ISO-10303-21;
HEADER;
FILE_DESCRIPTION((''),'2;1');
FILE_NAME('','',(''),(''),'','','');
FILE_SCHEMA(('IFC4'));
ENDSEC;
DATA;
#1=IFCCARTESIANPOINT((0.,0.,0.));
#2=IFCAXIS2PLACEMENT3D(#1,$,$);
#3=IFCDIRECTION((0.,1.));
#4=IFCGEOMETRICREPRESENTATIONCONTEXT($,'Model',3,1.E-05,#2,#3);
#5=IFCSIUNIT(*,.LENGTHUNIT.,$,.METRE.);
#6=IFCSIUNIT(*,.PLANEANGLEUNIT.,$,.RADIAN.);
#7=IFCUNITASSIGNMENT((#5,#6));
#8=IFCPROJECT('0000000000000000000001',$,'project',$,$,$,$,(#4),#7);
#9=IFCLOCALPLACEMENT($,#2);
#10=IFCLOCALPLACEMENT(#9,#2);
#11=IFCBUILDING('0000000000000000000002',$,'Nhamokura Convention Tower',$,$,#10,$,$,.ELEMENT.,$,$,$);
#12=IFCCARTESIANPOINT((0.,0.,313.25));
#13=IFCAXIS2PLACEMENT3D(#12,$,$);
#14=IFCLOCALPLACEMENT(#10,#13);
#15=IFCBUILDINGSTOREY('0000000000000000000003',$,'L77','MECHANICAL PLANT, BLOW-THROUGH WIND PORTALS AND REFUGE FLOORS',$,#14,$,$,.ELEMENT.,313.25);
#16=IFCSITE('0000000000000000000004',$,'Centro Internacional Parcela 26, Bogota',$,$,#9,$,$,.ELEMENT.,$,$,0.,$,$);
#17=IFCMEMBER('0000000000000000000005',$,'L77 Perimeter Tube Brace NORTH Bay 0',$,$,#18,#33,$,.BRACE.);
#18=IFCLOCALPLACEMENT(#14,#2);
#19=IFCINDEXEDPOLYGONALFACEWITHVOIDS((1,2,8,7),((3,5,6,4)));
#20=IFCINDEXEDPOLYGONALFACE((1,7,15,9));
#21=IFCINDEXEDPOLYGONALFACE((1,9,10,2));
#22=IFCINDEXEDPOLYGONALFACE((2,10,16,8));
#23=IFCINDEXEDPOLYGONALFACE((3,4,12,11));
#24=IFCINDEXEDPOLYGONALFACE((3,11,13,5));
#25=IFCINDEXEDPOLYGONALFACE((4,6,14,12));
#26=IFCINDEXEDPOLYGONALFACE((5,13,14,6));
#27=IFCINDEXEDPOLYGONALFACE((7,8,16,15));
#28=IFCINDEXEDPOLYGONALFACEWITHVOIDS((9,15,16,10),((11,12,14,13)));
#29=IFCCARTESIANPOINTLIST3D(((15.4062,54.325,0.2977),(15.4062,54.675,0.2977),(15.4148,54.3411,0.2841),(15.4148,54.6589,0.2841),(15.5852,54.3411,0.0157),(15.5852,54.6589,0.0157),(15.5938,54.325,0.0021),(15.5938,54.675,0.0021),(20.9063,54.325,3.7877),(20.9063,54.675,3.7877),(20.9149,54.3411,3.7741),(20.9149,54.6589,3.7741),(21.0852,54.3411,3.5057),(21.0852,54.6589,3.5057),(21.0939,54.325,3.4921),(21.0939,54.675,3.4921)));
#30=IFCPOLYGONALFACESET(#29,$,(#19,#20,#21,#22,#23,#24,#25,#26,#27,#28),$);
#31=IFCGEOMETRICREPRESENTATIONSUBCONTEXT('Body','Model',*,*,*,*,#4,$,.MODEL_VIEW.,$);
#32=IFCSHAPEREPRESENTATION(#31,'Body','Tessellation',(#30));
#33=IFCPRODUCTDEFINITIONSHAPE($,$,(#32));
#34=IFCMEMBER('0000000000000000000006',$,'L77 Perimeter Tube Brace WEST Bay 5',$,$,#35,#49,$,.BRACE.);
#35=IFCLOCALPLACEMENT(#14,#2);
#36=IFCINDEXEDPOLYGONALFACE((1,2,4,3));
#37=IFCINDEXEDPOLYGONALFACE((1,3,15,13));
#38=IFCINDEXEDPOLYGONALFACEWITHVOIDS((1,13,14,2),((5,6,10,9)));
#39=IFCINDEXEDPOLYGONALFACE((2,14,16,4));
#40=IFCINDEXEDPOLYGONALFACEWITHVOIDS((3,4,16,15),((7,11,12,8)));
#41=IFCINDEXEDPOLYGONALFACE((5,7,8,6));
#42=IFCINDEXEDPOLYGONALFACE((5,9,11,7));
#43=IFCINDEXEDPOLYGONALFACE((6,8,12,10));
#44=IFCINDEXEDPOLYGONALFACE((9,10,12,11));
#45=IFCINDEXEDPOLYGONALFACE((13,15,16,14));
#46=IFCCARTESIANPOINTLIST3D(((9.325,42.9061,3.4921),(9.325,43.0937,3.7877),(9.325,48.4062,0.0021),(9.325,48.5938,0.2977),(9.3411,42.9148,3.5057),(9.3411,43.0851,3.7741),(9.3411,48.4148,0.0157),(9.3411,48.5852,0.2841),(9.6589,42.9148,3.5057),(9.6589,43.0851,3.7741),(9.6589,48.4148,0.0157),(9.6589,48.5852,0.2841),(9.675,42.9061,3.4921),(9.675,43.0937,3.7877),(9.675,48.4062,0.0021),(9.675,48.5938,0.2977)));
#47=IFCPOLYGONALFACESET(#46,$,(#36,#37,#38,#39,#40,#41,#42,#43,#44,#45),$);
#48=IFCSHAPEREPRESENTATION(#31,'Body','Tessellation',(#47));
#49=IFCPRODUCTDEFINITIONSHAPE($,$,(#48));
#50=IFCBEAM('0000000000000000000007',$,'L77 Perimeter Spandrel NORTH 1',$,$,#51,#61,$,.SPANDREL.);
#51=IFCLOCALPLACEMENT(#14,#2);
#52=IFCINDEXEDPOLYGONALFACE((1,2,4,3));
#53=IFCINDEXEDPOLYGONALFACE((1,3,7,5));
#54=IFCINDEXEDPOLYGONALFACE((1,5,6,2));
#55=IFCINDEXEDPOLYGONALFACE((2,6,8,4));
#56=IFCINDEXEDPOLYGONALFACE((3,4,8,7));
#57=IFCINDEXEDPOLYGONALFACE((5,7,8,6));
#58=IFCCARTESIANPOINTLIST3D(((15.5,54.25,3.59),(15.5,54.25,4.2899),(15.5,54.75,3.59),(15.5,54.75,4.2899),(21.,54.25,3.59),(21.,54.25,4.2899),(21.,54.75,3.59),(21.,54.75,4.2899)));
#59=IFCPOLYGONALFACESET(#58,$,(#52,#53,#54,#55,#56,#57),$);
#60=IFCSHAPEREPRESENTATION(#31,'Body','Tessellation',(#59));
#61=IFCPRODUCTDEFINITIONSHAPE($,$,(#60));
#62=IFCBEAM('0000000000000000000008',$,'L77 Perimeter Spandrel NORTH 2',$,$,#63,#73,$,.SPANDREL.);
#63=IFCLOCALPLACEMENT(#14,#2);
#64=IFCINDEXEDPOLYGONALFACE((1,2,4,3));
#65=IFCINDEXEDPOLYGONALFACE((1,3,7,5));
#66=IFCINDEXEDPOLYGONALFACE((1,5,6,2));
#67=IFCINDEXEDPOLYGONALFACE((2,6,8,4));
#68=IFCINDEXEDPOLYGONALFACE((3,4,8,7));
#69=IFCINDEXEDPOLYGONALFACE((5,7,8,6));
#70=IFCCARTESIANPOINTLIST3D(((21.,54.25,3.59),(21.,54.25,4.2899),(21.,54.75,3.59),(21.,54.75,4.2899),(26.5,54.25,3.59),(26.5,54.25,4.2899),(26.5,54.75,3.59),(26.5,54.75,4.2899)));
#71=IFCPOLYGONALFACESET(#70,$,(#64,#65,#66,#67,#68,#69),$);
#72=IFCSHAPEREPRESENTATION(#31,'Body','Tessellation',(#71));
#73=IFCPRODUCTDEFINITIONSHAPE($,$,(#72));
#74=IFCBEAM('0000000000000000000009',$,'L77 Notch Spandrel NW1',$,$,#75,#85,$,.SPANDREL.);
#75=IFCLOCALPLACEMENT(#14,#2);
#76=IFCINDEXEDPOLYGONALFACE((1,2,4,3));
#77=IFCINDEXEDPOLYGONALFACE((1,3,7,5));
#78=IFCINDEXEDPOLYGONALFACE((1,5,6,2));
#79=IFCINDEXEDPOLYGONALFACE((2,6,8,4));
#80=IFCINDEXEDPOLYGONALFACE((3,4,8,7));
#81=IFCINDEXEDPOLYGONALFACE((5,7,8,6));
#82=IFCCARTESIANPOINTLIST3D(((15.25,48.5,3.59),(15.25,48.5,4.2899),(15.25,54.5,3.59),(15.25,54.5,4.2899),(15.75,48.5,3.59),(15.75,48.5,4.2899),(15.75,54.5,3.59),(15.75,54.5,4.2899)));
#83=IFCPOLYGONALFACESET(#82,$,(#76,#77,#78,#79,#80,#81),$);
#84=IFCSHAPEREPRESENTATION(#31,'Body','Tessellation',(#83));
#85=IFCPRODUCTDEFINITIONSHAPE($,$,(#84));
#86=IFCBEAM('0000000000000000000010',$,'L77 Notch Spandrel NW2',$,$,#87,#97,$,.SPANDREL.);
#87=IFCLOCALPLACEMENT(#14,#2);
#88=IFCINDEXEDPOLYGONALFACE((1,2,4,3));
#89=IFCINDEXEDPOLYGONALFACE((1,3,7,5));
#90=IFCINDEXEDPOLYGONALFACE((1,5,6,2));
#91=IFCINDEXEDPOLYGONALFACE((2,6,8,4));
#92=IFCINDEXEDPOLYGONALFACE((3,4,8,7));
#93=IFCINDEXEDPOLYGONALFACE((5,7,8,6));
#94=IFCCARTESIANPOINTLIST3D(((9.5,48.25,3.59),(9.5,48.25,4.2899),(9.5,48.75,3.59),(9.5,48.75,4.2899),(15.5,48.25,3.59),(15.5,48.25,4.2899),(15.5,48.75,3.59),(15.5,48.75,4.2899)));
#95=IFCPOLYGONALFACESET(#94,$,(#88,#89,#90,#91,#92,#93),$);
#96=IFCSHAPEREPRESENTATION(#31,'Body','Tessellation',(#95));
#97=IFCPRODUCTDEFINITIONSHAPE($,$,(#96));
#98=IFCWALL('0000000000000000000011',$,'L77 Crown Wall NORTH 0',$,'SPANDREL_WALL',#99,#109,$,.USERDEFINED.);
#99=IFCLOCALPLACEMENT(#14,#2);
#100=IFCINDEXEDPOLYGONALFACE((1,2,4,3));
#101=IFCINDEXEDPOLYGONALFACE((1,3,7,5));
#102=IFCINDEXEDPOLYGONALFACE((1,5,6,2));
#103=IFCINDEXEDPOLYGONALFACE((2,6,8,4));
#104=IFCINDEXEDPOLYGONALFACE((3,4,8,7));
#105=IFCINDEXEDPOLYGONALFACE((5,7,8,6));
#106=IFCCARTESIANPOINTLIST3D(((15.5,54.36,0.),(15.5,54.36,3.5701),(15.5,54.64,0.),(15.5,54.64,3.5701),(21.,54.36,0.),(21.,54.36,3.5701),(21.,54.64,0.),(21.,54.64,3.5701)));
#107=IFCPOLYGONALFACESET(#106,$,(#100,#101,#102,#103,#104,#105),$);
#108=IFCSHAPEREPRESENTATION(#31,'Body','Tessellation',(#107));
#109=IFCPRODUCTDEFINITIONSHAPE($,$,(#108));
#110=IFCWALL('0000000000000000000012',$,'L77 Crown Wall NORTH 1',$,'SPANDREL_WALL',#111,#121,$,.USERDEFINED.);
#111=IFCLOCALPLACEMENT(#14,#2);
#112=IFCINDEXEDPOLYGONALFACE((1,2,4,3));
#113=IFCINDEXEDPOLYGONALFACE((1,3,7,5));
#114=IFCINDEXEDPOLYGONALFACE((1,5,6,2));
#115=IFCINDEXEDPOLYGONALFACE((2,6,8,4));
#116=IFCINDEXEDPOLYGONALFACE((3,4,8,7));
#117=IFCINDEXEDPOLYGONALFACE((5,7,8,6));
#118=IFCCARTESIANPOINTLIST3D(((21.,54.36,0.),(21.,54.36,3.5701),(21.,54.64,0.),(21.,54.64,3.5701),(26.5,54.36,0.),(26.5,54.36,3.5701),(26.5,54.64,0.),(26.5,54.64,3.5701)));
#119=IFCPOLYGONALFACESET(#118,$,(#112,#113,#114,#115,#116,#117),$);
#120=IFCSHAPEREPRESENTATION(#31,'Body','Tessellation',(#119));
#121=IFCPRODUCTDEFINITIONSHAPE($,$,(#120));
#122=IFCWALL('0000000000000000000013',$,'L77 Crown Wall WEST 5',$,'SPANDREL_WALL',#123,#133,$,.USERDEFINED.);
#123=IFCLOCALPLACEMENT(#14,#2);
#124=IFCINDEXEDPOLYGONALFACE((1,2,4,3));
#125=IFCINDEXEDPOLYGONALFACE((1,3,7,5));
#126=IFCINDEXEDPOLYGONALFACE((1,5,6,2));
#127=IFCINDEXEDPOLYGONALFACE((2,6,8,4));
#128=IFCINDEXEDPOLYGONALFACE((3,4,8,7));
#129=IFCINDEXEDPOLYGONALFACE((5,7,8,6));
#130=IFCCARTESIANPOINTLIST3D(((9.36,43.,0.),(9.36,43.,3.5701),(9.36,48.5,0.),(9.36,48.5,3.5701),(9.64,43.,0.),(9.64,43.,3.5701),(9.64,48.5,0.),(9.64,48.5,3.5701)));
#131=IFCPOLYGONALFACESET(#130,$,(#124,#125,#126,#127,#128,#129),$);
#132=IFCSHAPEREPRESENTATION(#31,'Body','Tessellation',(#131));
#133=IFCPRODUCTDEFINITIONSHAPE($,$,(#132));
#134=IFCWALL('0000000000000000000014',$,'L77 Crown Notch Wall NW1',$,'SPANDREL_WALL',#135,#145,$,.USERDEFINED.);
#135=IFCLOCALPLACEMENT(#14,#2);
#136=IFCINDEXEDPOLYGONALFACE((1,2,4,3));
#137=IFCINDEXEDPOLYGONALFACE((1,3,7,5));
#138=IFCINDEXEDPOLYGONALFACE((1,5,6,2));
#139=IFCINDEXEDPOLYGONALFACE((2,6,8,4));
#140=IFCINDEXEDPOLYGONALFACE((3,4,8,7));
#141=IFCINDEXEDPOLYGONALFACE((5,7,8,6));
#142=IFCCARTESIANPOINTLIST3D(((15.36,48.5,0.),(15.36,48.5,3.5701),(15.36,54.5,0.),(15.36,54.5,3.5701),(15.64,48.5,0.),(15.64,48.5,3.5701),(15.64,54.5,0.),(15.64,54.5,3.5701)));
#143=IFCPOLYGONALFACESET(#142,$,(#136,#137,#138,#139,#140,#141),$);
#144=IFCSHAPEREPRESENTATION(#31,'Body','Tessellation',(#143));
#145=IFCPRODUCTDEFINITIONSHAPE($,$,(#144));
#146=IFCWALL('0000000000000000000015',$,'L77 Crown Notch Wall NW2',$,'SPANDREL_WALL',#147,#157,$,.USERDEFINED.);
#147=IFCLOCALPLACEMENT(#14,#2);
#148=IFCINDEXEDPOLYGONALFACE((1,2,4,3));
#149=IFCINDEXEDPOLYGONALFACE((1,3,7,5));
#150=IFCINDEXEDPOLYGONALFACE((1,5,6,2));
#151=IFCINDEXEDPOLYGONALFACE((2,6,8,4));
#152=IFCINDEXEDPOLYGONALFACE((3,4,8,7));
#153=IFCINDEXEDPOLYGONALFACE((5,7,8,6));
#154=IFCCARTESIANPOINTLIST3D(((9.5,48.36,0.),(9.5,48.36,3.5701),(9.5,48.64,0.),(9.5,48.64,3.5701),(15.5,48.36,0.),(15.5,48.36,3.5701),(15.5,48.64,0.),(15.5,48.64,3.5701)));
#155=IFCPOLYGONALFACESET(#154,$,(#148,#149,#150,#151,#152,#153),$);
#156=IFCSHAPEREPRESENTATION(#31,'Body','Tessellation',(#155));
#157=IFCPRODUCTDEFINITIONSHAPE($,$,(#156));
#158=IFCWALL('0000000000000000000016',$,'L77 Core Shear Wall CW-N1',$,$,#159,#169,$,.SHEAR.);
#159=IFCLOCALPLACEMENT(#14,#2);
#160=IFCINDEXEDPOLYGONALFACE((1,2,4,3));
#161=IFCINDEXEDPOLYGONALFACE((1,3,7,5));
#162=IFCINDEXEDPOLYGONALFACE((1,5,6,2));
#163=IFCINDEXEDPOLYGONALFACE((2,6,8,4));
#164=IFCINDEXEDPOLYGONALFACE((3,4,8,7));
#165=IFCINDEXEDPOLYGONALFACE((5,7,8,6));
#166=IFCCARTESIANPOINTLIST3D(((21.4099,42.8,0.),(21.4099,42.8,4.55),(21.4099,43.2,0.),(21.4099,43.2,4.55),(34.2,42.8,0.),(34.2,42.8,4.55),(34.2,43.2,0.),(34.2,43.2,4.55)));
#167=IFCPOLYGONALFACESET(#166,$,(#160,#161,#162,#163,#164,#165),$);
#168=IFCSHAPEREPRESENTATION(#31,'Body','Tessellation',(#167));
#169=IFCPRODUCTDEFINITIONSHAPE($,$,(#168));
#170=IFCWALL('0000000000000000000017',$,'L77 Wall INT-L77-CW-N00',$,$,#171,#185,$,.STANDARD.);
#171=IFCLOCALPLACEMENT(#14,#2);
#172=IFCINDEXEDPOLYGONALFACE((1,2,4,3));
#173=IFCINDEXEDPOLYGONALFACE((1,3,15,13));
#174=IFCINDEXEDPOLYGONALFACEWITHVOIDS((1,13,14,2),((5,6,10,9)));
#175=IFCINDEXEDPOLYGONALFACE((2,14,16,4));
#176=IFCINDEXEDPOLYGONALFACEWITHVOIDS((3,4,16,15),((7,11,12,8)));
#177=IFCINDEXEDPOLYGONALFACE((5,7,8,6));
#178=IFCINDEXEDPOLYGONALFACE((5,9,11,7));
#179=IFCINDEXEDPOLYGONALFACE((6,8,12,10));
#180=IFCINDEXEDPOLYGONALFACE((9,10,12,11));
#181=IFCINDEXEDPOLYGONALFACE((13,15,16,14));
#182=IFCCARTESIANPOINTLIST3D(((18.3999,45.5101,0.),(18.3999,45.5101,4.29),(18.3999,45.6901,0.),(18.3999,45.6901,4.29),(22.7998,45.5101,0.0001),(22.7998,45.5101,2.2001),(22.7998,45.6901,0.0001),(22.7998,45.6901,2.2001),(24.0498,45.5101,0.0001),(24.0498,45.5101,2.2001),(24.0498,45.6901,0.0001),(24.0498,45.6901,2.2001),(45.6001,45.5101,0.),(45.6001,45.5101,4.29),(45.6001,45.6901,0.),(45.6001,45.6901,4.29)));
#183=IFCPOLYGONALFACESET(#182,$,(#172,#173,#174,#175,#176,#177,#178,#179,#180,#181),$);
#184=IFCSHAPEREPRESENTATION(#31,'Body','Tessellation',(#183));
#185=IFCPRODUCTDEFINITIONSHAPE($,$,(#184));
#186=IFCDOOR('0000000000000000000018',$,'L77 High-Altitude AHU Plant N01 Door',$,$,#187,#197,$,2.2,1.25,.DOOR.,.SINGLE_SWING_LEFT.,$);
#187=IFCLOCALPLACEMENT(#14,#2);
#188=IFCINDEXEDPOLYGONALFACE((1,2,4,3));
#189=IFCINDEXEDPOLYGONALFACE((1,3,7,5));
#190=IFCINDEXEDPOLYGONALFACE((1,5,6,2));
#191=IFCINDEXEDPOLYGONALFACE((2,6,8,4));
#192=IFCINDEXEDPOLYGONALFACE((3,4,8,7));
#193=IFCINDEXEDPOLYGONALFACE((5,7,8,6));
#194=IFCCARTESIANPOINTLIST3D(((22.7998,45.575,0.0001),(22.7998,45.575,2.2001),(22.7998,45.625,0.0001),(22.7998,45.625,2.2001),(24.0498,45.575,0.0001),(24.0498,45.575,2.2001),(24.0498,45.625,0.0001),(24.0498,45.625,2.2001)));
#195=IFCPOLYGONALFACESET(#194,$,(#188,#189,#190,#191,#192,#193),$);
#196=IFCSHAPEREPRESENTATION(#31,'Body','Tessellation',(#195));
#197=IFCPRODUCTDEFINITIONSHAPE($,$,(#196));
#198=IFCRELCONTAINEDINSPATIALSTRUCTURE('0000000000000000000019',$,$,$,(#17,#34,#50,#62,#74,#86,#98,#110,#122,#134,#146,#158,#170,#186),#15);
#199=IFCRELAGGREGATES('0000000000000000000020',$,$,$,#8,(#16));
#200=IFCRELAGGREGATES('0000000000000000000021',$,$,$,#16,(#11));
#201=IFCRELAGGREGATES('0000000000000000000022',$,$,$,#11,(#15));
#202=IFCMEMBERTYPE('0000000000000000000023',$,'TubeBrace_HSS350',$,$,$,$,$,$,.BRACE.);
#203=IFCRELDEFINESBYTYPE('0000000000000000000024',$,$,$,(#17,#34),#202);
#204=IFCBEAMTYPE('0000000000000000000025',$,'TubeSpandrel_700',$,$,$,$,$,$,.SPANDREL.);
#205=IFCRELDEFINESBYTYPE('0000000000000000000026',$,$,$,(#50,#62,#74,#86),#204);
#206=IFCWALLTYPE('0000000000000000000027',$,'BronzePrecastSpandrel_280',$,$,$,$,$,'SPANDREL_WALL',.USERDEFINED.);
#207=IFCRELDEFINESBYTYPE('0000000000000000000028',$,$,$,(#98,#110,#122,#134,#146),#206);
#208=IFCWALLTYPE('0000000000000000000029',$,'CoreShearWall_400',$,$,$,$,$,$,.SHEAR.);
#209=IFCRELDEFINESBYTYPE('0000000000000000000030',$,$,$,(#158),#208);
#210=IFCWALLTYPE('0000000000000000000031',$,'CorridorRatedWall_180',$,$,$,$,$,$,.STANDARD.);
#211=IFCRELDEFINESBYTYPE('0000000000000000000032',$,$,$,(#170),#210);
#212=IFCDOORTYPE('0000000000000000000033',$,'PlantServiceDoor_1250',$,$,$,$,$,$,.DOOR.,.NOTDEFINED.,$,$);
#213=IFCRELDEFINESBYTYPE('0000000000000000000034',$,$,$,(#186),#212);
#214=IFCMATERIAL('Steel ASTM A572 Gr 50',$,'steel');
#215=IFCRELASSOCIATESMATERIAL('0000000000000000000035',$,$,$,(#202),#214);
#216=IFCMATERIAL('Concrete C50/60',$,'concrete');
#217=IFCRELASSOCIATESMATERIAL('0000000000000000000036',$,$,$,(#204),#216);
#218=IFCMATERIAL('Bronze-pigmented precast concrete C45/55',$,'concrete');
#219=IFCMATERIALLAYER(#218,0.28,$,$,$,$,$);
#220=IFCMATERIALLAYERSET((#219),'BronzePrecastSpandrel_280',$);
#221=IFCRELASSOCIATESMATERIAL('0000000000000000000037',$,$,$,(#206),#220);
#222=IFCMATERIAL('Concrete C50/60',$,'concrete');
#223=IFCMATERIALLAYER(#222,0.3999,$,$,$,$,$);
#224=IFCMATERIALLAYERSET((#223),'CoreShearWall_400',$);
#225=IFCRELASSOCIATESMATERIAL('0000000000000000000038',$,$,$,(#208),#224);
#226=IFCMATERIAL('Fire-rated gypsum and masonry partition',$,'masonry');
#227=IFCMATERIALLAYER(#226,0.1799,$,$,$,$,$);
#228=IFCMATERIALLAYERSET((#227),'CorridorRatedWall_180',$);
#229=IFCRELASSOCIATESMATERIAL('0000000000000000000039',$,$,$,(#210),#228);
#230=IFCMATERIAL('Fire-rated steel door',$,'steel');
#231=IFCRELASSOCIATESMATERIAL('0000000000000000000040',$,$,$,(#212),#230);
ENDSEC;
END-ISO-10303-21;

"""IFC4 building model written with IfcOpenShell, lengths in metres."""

from ifc_helpers import new_model, si_unit, direction, frame, frame_2d, origin, origin_2d, place, context, subcontext, project, spatial, rectangle, hollow_rectangle, extrude, material, layer, layer_set, material_profile, profile_set, type_object, element, fill, save


model = new_model("IFC4")

# Units and contexts
model_context = context("Model", 3, precision=1e-05, world=origin(), true_north=direction((0.0, 1.0)))
body_context = subcontext(model_context, "Body", "Model", "MODEL_VIEW")
ifc_project = project(units=[si_unit("LENGTHUNIT", "METRE"), si_unit("PLANEANGLEUNIT", "RADIAN")], contexts=[model_context])

# Site, building, storey
site_placement = place(None, origin())
site = spatial("IfcSite", under=ifc_project, at=site_placement, Name="Centro Internacional Parcela 26, Bogota", CompositionType="ELEMENT", RefElevation=0.0)
building_placement = place(site_placement, origin())
building = spatial("IfcBuilding", under=site, at=building_placement, Name="Nhamokura Convention Tower", CompositionType="ELEMENT")
storey_placement = place(building_placement, frame((0.0, 0.0, 313.25)))
storey = spatial("IfcBuildingStorey", under=building, at=storey_placement, Name="L77", Description="MECHANICAL PLANT, BLOW-THROUGH WIND PORTALS AND REFUGE FLOORS", CompositionType="ELEMENT", Elevation=313.25)

# Members
ifc_material_1 = material(Name="Steel ASTM A572 Gr 50", Category="steel")
ifc_material_profile_1 = material_profile(ifc_material_1, hollow_rectangle(XDim=0.3501, YDim=0.3501, WallThickness=0.0161, at=origin_2d()))
ifc_profile_set_1 = profile_set([ifc_material_profile_1], Name="Steel ASTM A572 Gr 50")
member_type = type_object("IfcMemberType", Name="TubeBrace_HSS350", PredefinedType="BRACE", material=ifc_profile_set_1)
for number, where, z_axis, x_axis, name in (
    (1, (15.5, 54.5, 0.1499), (0.844357, 0.0, 0.535781), (0.0, 1.0, 0.0), "L77 Perimeter Tube Brace NORTH Bay 0"),
    (2, (9.5, 48.5, 0.1499), (0.0, -0.844357, 0.535781), (1.0, 0.0, 0.0), "L77 Perimeter Tube Brace WEST Bay 5"),
):
    element("IfcMember", number, at=place(storey_placement, frame(where, z_axis=z_axis, x_axis=x_axis)), inside=storey, type_object=member_type, Name=name, PredefinedType="BRACE", context=body_context, shape_type="SweptSolid", body=[
        extrude(hollow_rectangle(XDim=0.3501, YDim=0.3501, WallThickness=0.0161, at=origin_2d()), origin(), (0.0, 0.0, 1.0), 6.5139),
    ])

# Beams
ifc_material_2 = material(Name="Concrete C50/60", Category="concrete")
ifc_material_profile_2 = material_profile(ifc_material_2, rectangle(XDim=0.5, YDim=0.7, at=origin_2d()))
ifc_profile_set_2 = profile_set([ifc_material_profile_2], Name="Concrete C50/60")
beam_type_1 = type_object("IfcBeamType", Name="TubeSpandrel_700", PredefinedType="SPANDREL", material=ifc_profile_set_2)
for number, where, z_axis, x_axis, name in (
    (3, (15.5, 54.5, 3.9399), (1.0, 0.0, 0.0), (0.0, 1.0, 0.0), "L77 Perimeter Spandrel NORTH 1"),
    (4, (21.0, 54.5, 3.9399), (1.0, 0.0, 0.0), (0.0, 1.0, 0.0), "L77 Perimeter Spandrel NORTH 2"),
):
    element("IfcBeam", number, at=place(storey_placement, frame(where, z_axis=z_axis, x_axis=x_axis)), inside=storey, type_object=beam_type_1, Name=name, PredefinedType="SPANDREL", context=body_context, shape_type="SweptSolid", body=[
        extrude(rectangle(XDim=0.5, YDim=0.7, at=origin_2d()), origin(), (0.0, 0.0, 1.0), 5.5),
    ])
for number, where, z_axis, x_axis, name in (
    (5, (15.5, 54.5, 3.9399), (0.0, -1.0, 0.0), (1.0, 0.0, 0.0), "L77 Notch Spandrel NW1"),
    (6, (15.5, 48.5, 3.9399), (-1.0, 0.0, 0.0), (0.0, -1.0, 0.0), "L77 Notch Spandrel NW2"),
):
    element("IfcBeam", number, at=place(storey_placement, frame(where, z_axis=z_axis, x_axis=x_axis)), inside=storey, type_object=beam_type_1, Name=name, PredefinedType="SPANDREL", context=body_context, shape_type="SweptSolid", body=[
        extrude(rectangle(XDim=0.5, YDim=0.7, at=origin_2d()), origin(), (0.0, 0.0, 1.0), 6.0),
    ])

# Walls
ifc_material_3 = material(Name="Bronze-pigmented precast concrete C45/55", Category="concrete")
ifc_layer_1 = layer(ifc_material_3, 0.28)
ifc_layer_set_1 = layer_set([ifc_layer_1], Name="BronzePrecastSpandrel_280")
wall_type_1 = type_object("IfcWallType", Name="BronzePrecastSpandrel_280", ElementType="SPANDREL_WALL", PredefinedType="USERDEFINED", material=ifc_layer_set_1)
for number, where, z_axis, x_axis, name in (
    (7, (15.5, 54.5, 0.0), (0.0, 0.0, 1.0), (1.0, 0.0, 0.0), "L77 Crown Wall NORTH 0"),
    (8, (21.0, 54.5, 0.0), (0.0, 0.0, 1.0), (1.0, 0.0, 0.0), "L77 Crown Wall NORTH 1"),
    (9, (9.5, 43.0, 0.0), (0.0, 0.0, 1.0), (0.0, 1.0, 0.0), "L77 Crown Wall WEST 5"),
):
    element("IfcWall", number, at=place(storey_placement, frame(where, z_axis=z_axis, x_axis=x_axis)), inside=storey, type_object=wall_type_1, Name=name, ObjectType="SPANDREL_WALL", PredefinedType="USERDEFINED", context=body_context, shape_type="SweptSolid", body=[
        extrude(rectangle(XDim=5.5, YDim=0.28, at=frame_2d((2.75, 0.0))), origin(), (0.0, 0.0, 1.0), 3.5701),
    ])
for number, where, z_axis, x_axis, name in (
    (10, (15.5, 48.5, 0.0), (0.0, 0.0, 1.0), (0.0, 1.0, 0.0), "L77 Crown Notch Wall NW1"),
    (11, (9.5, 48.5, 0.0), (0.0, 0.0, 1.0), (1.0, 0.0, 0.0), "L77 Crown Notch Wall NW2"),
):
    element("IfcWall", number, at=place(storey_placement, frame(where, z_axis=z_axis, x_axis=x_axis)), inside=storey, type_object=wall_type_1, Name=name, ObjectType="SPANDREL_WALL", PredefinedType="USERDEFINED", context=body_context, shape_type="SweptSolid", body=[
        extrude(rectangle(XDim=6.0, YDim=0.28, at=frame_2d((3.0, 0.0))), origin(), (0.0, 0.0, 1.0), 3.5701),
    ])
ifc_material_4 = material(Name="Concrete C50/60", Category="concrete")
ifc_layer_2 = layer(ifc_material_4, 0.3999)
ifc_layer_set_2 = layer_set([ifc_layer_2], Name="CoreShearWall_400")
wall_type_2 = type_object("IfcWallType", Name="CoreShearWall_400", PredefinedType="SHEAR", material=ifc_layer_set_2)
wall_1_placement = place(storey_placement, frame((21.4099, 43.0, 0.0), z_axis=(0.0, 0.0, 1.0), x_axis=(1.0, 0.0, 0.0)))
element("IfcWall", 12, at=wall_1_placement, inside=storey, type_object=wall_type_2, Name="L77 Core Shear Wall CW-N1", PredefinedType="SHEAR", context=body_context, shape_type="SweptSolid", body=[
    extrude(rectangle(XDim=12.79, YDim=0.3999, at=frame_2d((6.395, 0.0))), origin(), (0.0, 0.0, 1.0), 4.55),
])

# Wall, opening, door
ifc_material_5 = material(Name="Fire-rated gypsum and masonry partition", Category="masonry")
ifc_layer_3 = layer(ifc_material_5, 0.1799)
ifc_layer_set_3 = layer_set([ifc_layer_3], Name="CorridorRatedWall_180")
wall_type_3 = type_object("IfcWallType", Name="CorridorRatedWall_180", PredefinedType="STANDARD", material=ifc_layer_set_3)
wall_2_placement = place(storey_placement, frame((18.3999, 45.6001, 0.0), z_axis=(0.0, 0.0, 1.0), x_axis=(1.0, 0.0, 0.0)))
wall_2 = element("IfcWall", 13, at=wall_2_placement, inside=storey, type_object=wall_type_3, Name="L77 Wall INT-L77-CW-N00", PredefinedType="STANDARD", context=body_context, shape_type="SweptSolid", body=[
    extrude(rectangle(XDim=27.2002, YDim=0.1799, at=frame_2d((13.6001, 0.0))), origin(), (0.0, 0.0, 1.0), 4.29),
])
opening_placement = place(wall_2_placement, frame((4.3999, 0.0, 0.0)))
opening = element("IfcOpeningElement", 14, at=opening_placement, cuts=wall_2, PredefinedType="OPENING", context=body_context, shape_type="SweptSolid", body=[
    extrude(rectangle(XDim=1.25, YDim=2.2, at=frame_2d((0.625, 1.1001))), frame((0.0, 0.0999, 0.0), z_axis=(0.0, -1.0, 0.0), x_axis=(1.0, 0.0, 0.0)), (0.0, 0.0, 1.0), 0.2),
])
ifc_material_6 = material(Name="Fire-rated steel door", Category="steel")
door_type = type_object("IfcDoorType", Name="PlantServiceDoor_1250", OperationType="NOTDEFINED", PredefinedType="DOOR", material=ifc_material_6)
door_placement = place(opening_placement, origin())
door = element("IfcDoor", 15, at=door_placement, inside=storey, type_object=door_type, Name="L77 High-Altitude AHU Plant N01 Door", OperationType="SINGLE_SWING_LEFT", OverallHeight=2.2, OverallWidth=1.25, PredefinedType="DOOR", context=body_context, shape_type="SweptSolid", body=[
    extrude(rectangle(XDim=1.25, YDim=2.2, at=frame_2d((0.625, 1.1001))), frame((0.0, 0.0249, 0.0), z_axis=(0.0, -1.0, 0.0), x_axis=(1.0, 0.0, 0.0)), (0.0, 0.0, 1.0), 0.05),
])
fill(opening, door)

save(model, "model.ifc")
